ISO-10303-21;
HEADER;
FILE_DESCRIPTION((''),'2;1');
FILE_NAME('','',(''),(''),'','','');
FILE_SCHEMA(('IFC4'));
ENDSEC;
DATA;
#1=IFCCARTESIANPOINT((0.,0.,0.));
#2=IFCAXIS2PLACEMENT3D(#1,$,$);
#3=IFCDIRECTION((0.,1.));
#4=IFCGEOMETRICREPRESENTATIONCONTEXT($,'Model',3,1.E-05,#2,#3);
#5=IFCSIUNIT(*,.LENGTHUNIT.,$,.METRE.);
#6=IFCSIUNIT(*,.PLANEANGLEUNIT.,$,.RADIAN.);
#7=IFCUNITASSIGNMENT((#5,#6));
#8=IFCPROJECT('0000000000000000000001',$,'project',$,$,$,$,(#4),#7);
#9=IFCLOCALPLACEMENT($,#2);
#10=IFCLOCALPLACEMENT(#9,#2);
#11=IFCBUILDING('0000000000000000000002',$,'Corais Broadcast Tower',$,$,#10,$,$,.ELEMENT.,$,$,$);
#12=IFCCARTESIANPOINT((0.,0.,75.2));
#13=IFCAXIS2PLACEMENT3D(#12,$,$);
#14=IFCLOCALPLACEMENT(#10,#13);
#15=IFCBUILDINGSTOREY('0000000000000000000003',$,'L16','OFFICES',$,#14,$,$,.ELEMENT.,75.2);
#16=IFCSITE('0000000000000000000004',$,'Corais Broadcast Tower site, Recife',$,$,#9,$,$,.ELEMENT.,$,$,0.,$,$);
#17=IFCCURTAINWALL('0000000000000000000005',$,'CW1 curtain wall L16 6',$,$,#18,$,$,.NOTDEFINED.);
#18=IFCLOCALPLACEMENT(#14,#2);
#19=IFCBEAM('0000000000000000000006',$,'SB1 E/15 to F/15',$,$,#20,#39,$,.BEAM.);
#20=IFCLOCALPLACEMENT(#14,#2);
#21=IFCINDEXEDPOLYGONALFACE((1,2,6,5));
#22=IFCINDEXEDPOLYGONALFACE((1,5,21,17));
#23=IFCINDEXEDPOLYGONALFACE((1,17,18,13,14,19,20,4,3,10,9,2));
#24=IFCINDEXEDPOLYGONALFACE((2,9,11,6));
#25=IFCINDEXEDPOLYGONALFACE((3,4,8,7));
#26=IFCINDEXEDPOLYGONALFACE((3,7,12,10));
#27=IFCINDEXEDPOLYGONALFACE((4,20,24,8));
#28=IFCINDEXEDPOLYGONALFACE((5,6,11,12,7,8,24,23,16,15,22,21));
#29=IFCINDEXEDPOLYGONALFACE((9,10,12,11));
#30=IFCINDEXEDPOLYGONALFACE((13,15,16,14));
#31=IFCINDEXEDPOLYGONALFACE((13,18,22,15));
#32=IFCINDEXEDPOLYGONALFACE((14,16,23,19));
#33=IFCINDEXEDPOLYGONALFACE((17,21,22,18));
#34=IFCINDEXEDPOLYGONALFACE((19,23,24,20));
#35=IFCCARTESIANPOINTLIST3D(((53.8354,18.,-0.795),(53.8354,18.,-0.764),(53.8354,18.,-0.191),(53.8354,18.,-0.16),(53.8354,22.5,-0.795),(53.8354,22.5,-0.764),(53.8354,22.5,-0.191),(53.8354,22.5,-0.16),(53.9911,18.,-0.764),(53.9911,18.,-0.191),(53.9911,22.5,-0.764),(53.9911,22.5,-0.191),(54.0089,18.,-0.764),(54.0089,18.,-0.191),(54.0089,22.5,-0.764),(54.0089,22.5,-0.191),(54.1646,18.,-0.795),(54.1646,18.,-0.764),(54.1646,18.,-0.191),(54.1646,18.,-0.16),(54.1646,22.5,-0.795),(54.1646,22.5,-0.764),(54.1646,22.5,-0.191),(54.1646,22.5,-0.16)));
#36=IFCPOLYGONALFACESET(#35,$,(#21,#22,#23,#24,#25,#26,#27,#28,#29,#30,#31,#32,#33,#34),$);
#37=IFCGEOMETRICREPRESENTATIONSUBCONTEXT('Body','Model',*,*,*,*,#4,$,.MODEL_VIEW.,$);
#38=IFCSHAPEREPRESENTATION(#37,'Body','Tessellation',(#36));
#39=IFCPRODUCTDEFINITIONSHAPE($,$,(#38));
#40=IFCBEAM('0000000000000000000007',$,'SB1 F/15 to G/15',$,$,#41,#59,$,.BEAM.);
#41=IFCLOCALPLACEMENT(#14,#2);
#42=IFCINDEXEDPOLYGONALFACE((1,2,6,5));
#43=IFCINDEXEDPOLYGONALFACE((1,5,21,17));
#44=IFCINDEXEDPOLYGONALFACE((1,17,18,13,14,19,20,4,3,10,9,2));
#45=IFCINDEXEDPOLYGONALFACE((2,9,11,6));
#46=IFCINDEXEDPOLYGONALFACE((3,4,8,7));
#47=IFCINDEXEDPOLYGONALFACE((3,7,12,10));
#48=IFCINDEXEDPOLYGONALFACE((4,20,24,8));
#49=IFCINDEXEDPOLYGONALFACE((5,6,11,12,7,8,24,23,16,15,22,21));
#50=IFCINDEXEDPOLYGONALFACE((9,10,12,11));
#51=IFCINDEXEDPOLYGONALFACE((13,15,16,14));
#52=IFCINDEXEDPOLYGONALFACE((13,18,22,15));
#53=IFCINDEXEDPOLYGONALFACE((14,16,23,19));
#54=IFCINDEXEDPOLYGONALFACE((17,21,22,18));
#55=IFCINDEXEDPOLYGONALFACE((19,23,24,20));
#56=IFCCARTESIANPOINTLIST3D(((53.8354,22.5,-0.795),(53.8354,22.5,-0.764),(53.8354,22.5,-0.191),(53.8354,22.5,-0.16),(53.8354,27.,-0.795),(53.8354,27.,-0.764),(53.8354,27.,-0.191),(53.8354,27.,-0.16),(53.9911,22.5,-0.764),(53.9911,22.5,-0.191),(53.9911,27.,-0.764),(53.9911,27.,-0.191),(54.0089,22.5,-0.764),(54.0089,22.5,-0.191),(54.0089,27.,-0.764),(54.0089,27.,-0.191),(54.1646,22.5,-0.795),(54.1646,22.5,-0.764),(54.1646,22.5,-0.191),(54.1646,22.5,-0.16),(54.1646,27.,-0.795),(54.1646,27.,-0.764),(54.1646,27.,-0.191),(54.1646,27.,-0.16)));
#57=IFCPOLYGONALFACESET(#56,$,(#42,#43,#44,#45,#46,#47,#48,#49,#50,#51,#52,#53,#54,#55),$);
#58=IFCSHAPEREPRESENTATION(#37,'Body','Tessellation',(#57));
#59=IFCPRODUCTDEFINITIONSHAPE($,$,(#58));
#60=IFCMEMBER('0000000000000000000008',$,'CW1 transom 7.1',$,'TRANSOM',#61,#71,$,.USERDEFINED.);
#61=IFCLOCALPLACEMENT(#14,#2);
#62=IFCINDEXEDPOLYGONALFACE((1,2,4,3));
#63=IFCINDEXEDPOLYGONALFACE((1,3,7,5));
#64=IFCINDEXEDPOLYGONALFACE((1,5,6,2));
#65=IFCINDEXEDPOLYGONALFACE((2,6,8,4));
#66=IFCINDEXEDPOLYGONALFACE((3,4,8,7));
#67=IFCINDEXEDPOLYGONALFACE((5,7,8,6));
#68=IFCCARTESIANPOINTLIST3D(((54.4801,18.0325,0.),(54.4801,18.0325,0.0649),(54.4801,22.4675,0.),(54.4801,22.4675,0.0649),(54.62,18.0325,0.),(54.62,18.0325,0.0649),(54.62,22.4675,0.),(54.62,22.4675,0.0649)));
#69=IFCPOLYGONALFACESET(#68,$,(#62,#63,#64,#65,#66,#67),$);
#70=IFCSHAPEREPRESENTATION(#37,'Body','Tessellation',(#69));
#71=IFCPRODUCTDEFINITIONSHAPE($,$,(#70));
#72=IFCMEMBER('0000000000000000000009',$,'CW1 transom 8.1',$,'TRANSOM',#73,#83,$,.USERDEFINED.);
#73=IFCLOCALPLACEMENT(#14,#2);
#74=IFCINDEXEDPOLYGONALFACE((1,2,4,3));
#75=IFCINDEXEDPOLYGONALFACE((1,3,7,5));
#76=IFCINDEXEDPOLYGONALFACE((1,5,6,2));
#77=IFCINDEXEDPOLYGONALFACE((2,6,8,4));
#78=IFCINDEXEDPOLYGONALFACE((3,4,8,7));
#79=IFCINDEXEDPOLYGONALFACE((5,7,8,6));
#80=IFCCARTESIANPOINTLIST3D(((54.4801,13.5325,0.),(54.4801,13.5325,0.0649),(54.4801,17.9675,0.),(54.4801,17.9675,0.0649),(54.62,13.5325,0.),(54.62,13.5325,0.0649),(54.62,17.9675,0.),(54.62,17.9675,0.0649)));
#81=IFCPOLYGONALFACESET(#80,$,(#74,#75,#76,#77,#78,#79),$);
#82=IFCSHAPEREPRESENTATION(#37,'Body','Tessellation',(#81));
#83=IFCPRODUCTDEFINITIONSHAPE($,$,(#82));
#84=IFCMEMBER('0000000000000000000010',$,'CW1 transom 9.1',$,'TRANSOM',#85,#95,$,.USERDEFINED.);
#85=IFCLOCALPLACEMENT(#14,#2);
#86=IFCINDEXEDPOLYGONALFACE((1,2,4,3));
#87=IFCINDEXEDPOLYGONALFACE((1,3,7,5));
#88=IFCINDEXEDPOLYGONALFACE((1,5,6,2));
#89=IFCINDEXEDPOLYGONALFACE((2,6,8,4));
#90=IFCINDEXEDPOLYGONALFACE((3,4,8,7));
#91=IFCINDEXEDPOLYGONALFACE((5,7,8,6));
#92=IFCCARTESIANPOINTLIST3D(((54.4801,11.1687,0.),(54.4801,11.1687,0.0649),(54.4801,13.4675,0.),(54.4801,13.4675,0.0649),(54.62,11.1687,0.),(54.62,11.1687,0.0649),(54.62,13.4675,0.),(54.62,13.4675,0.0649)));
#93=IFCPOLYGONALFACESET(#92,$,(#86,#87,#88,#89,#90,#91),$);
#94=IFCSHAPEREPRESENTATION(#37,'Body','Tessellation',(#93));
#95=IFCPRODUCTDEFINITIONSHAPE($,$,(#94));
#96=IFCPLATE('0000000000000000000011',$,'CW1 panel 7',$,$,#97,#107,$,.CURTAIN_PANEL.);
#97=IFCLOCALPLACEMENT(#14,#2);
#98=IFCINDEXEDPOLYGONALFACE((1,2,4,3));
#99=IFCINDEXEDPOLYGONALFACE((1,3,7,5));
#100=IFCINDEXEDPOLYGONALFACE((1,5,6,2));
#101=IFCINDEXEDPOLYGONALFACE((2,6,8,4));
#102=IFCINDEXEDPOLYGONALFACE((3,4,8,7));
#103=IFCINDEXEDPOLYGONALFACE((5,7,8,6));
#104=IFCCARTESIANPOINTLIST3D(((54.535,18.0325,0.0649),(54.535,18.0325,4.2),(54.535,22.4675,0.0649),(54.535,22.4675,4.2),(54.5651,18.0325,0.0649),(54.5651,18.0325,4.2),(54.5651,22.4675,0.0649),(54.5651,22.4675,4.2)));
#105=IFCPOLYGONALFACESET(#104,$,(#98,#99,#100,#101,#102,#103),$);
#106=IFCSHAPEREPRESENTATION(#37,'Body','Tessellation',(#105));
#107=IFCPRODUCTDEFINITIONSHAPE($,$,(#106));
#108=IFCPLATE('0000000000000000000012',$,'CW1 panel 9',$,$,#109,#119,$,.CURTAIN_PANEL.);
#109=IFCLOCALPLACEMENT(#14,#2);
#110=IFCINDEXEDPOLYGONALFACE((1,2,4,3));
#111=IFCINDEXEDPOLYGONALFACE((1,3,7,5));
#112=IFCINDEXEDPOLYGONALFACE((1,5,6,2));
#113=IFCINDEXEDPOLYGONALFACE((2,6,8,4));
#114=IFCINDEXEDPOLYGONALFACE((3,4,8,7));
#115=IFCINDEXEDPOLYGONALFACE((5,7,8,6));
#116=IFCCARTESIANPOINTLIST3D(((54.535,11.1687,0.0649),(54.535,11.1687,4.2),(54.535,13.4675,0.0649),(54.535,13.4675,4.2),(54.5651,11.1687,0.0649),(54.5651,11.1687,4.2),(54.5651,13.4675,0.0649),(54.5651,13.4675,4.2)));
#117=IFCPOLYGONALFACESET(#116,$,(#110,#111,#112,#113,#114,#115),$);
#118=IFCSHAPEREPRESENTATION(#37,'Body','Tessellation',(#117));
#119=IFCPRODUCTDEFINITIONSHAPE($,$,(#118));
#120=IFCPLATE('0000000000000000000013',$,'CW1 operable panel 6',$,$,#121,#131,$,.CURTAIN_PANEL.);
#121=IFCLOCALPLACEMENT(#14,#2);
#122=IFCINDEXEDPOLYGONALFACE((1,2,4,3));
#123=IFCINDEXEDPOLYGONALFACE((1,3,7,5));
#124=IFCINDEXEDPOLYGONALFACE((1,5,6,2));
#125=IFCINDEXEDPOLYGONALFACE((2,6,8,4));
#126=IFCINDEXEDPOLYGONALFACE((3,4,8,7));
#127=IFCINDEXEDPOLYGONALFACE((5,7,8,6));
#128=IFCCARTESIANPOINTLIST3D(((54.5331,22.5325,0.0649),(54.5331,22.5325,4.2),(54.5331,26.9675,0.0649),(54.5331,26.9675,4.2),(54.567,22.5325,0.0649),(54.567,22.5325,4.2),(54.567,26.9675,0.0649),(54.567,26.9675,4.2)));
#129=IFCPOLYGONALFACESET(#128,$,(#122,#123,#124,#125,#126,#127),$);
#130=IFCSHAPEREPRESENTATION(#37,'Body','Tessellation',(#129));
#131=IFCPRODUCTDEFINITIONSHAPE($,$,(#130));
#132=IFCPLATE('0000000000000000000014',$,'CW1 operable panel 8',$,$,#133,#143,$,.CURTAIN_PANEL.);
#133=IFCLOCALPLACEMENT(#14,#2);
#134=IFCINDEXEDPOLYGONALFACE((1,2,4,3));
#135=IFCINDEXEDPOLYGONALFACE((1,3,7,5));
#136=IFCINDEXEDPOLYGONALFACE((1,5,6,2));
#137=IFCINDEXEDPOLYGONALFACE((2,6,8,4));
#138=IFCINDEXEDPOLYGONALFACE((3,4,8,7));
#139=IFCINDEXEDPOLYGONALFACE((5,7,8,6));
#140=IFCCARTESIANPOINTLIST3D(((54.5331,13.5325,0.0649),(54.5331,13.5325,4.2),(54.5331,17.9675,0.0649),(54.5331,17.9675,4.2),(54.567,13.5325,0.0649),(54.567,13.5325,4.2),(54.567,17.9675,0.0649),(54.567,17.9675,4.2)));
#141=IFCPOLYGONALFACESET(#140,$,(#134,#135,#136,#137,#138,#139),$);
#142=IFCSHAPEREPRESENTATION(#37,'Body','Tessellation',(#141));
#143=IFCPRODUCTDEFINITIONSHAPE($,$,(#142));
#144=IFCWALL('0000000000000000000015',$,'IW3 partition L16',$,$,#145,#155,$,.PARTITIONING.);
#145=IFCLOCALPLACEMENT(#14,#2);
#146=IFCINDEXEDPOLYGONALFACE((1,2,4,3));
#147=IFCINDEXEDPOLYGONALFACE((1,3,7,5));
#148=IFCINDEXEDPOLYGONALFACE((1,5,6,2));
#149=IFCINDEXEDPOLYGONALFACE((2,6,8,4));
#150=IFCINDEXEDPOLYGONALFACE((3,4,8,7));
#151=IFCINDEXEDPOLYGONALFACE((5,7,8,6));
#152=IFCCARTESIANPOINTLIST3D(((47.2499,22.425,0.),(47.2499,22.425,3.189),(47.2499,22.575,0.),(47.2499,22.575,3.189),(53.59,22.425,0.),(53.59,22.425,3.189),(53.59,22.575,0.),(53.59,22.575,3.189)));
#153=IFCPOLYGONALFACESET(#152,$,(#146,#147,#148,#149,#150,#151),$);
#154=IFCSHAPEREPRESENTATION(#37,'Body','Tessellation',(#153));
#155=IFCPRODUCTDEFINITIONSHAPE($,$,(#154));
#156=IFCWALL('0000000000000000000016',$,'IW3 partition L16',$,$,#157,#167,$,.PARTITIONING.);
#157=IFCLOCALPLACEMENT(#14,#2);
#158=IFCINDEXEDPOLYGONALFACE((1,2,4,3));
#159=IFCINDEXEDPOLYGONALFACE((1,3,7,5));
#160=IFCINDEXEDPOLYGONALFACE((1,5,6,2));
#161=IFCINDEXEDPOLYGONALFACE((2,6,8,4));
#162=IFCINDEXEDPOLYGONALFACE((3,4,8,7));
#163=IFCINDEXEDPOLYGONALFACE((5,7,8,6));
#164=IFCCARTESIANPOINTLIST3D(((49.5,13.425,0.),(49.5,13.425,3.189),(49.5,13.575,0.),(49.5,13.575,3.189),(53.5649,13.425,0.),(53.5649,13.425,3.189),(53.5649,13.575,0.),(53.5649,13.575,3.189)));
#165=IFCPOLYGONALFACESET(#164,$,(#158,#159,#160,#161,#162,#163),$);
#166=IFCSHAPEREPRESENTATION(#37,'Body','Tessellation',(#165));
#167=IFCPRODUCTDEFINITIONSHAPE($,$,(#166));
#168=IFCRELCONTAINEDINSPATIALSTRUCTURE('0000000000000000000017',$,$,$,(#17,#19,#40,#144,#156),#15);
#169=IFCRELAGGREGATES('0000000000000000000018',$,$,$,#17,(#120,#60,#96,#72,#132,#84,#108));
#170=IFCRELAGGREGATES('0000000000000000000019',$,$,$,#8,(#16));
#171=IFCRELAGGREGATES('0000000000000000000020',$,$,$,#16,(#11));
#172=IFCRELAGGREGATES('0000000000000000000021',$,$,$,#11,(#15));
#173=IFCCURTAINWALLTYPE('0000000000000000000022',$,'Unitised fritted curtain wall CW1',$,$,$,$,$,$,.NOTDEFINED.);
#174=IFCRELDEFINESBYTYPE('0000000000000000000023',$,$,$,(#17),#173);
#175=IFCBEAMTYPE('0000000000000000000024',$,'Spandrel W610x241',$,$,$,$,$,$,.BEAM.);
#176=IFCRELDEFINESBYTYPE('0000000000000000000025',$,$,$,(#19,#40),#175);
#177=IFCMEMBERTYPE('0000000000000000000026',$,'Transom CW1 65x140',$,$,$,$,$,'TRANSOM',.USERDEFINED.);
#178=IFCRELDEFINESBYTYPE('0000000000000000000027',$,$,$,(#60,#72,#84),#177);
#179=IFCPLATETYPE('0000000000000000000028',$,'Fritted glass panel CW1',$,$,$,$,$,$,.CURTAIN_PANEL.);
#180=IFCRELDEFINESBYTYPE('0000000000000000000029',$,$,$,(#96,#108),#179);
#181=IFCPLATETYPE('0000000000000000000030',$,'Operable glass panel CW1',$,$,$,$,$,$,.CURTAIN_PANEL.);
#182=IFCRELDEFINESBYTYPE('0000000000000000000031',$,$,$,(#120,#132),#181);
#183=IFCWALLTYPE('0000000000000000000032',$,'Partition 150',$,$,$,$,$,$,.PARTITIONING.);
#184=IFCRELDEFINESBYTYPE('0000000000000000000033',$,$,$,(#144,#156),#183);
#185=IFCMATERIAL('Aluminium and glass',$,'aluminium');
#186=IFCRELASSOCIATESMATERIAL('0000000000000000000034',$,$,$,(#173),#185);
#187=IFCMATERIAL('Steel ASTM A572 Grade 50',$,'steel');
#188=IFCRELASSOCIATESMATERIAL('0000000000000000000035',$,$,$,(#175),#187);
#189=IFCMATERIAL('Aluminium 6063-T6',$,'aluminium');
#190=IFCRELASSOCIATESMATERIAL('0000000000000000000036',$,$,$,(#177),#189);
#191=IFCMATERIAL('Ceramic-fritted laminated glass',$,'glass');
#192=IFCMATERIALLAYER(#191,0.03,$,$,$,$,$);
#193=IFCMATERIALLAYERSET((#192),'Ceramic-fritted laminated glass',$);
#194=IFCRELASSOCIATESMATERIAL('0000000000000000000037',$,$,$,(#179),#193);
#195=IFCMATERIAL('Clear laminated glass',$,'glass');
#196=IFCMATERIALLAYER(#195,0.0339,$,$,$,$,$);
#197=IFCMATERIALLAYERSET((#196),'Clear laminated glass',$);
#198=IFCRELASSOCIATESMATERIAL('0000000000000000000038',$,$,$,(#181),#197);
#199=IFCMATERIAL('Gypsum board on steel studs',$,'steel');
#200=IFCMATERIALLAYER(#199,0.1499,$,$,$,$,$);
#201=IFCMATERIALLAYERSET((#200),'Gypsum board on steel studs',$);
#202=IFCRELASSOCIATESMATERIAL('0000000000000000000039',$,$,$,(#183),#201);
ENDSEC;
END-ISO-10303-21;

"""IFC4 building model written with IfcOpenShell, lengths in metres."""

from ifc_helpers import new_model, si_unit, direction, frame, frame_2d, origin, origin_2d, place, context, subcontext, project, spatial, rectangle, i_section, extrude, material, layer, layer_set, material_profile, profile_set, type_object, element, aggregate, save


model = new_model("IFC4")

# Units and contexts
model_context = context("Model", 3, precision=1e-05, world=origin(), true_north=direction((0.0, 1.0)))
body_context = subcontext(model_context, "Body", "Model", "MODEL_VIEW")
ifc_project = project(units=[si_unit("LENGTHUNIT", "METRE"), si_unit("PLANEANGLEUNIT", "RADIAN")], contexts=[model_context])

# Site, building, storey
site_placement = place(None, origin())
site = spatial("IfcSite", under=ifc_project, at=site_placement, Name="Corais Broadcast Tower site, Recife", CompositionType="ELEMENT", RefElevation=0.0)
building_placement = place(site_placement, origin())
building = spatial("IfcBuilding", under=site, at=building_placement, Name="Corais Broadcast Tower", CompositionType="ELEMENT")
storey_placement = place(building_placement, frame((0.0, 0.0, 75.2)))
storey = spatial("IfcBuildingStorey", under=building, at=storey_placement, Name="L16", Description="OFFICES", CompositionType="ELEMENT", Elevation=75.2)

# Curtain wall
ifc_material_1 = material(Name="Aluminium and glass", Category="aluminium")
curtain_wall_type = type_object("IfcCurtainWallType", Name="Unitised fritted curtain wall CW1", PredefinedType="NOTDEFINED", material=ifc_material_1)
curtain_wall_placement = place(storey_placement, origin())
curtain_wall = element("IfcCurtainWall", 1, at=curtain_wall_placement, inside=storey, type_object=curtain_wall_type, Name="CW1 curtain wall L16 6", PredefinedType="NOTDEFINED")

# Beams
ifc_material_2 = material(Name="Steel ASTM A572 Grade 50", Category="steel")
ifc_material_profile_1 = material_profile(ifc_material_2, i_section(OverallWidth=0.3291, OverallDepth=0.635, WebThickness=0.0178, FlangeThickness=0.031, at=origin_2d()), Name="W610x241")
ifc_profile_set_1 = profile_set([ifc_material_profile_1], Name="Steel ASTM A572 Grade 50")
beam_type_1 = type_object("IfcBeamType", Name="Spandrel W610x241", PredefinedType="BEAM", material=ifc_profile_set_1)
for number, where, z_axis, x_axis, name in (
    (2, (54.0, 18.0, -0.4775), (0.0, 1.0, 0.0), (-1.0, 0.0, 0.0), "SB1 E/15 to F/15"),
    (3, (54.0, 22.5, -0.4775), (0.0, 1.0, 0.0), (-1.0, 0.0, 0.0), "SB1 F/15 to G/15"),
):
    element("IfcBeam", number, at=place(storey_placement, frame(where, z_axis=z_axis, x_axis=x_axis)), inside=storey, type_object=beam_type_1, Name=name, PredefinedType="BEAM", context=body_context, shape_type="SweptSolid", body=[
        extrude(i_section(OverallWidth=0.3291, OverallDepth=0.635, WebThickness=0.0178, FlangeThickness=0.031, at=origin_2d()), origin(), (0.0, 0.0, 1.0), 4.5),
    ])

# Members
ifc_material_3 = material(Name="Aluminium 6063-T6", Category="aluminium")
ifc_material_profile_2 = material_profile(ifc_material_3, rectangle(XDim=0.1399, YDim=0.0649, at=origin_2d()), Name="Transom CW1 65x140")
ifc_profile_set_2 = profile_set([ifc_material_profile_2], Name="Aluminium 6063-T6")
member_type_1 = type_object("IfcMemberType", Name="Transom CW1 65x140", ElementType="TRANSOM", PredefinedType="USERDEFINED", material=ifc_profile_set_2)
member_1_placement = place(storey_placement, frame((54.55, 22.4675, 0.0325), z_axis=(0.0, -1.0, 0.0), x_axis=(1.0, 0.0, 0.0)))
member_1 = element("IfcMember", 4, at=member_1_placement, type_object=member_type_1, Name="CW1 transom 7.1", ObjectType="TRANSOM", PredefinedType="USERDEFINED", context=body_context, shape_type="SweptSolid", body=[
    extrude(rectangle(XDim=0.1399, YDim=0.0649, at=origin_2d()), origin(), (0.0, 0.0, 1.0), 4.4351),
])
member_2_placement = place(storey_placement, frame((54.55, 17.9675, 0.0325), z_axis=(0.0, -1.0, 0.0), x_axis=(1.0, 0.0, 0.0)))
member_2 = element("IfcMember", 5, at=member_2_placement, type_object=member_type_1, Name="CW1 transom 8.1", ObjectType="TRANSOM", PredefinedType="USERDEFINED", context=body_context, shape_type="SweptSolid", body=[
    extrude(rectangle(XDim=0.1399, YDim=0.0649, at=origin_2d()), origin(), (0.0, 0.0, 1.0), 4.4351),
])
member_3_placement = place(storey_placement, frame((54.55, 13.4675, 0.0325), z_axis=(0.0, -1.0, 0.0), x_axis=(1.0, 0.0, 0.0)))
member_3 = element("IfcMember", 6, at=member_3_placement, type_object=member_type_1, Name="CW1 transom 9.1", ObjectType="TRANSOM", PredefinedType="USERDEFINED", context=body_context, shape_type="SweptSolid", body=[
    extrude(rectangle(XDim=0.1399, YDim=0.0649, at=origin_2d()), origin(), (0.0, 0.0, 1.0), 2.2988),
])

# Plates
ifc_material_4 = material(Name="Ceramic-fritted laminated glass", Category="glass")
ifc_layer_1 = layer(ifc_material_4, 0.03)
ifc_layer_set_1 = layer_set([ifc_layer_1], Name="Ceramic-fritted laminated glass")
plate_type_1 = type_object("IfcPlateType", Name="Fritted glass panel CW1", PredefinedType="CURTAIN_PANEL", material=ifc_layer_set_1)
plate_1_placement = place(storey_placement, frame((54.55, 20.25, 0.0649), z_axis=(0.0, 0.0, 1.0), x_axis=(0.0, -1.0, 0.0)))
plate_1 = element("IfcPlate", 7, at=plate_1_placement, type_object=plate_type_1, Name="CW1 panel 7", PredefinedType="CURTAIN_PANEL", context=body_context, shape_type="SweptSolid", body=[
    extrude(rectangle(XDim=4.4351, YDim=0.03, at=origin_2d()), origin(), (0.0, 0.0, 1.0), 4.135),
])
plate_2_placement = place(storey_placement, frame((54.55, 12.3181, 0.0649), z_axis=(0.0, 0.0, 1.0), x_axis=(0.0, -1.0, 0.0)))
plate_2 = element("IfcPlate", 8, at=plate_2_placement, type_object=plate_type_1, Name="CW1 panel 9", PredefinedType="CURTAIN_PANEL", context=body_context, shape_type="SweptSolid", body=[
    extrude(rectangle(XDim=2.2988, YDim=0.03, at=origin_2d()), origin(), (0.0, 0.0, 1.0), 4.135),
])
ifc_material_5 = material(Name="Clear laminated glass", Category="glass")
ifc_layer_2 = layer(ifc_material_5, 0.0339)
ifc_layer_set_2 = layer_set([ifc_layer_2], Name="Clear laminated glass")
plate_type_2 = type_object("IfcPlateType", Name="Operable glass panel CW1", PredefinedType="CURTAIN_PANEL", material=ifc_layer_set_2)
plate_3_placement = place(storey_placement, frame((54.55, 24.75, 0.0649), z_axis=(0.0, 0.0, 1.0), x_axis=(0.0, -1.0, 0.0)))
plate_3 = element("IfcPlate", 9, at=plate_3_placement, type_object=plate_type_2, Name="CW1 operable panel 6", PredefinedType="CURTAIN_PANEL", context=body_context, shape_type="SweptSolid", body=[
    extrude(rectangle(XDim=4.4351, YDim=0.0339, at=origin_2d()), origin(), (0.0, 0.0, 1.0), 4.135),
])
plate_4_placement = place(storey_placement, frame((54.55, 15.75, 0.0649), z_axis=(0.0, 0.0, 1.0), x_axis=(0.0, -1.0, 0.0)))
plate_4 = element("IfcPlate", 10, at=plate_4_placement, type_object=plate_type_2, Name="CW1 operable panel 8", PredefinedType="CURTAIN_PANEL", context=body_context, shape_type="SweptSolid", body=[
    extrude(rectangle(XDim=4.4351, YDim=0.0339, at=origin_2d()), origin(), (0.0, 0.0, 1.0), 4.135),
])
aggregate(curtain_wall, [plate_3, member_1, plate_1, member_2, plate_4, member_3, plate_2])

# Walls
ifc_material_6 = material(Name="Gypsum board on steel studs", Category="steel")
ifc_layer_3 = layer(ifc_material_6, 0.1499)
ifc_layer_set_3 = layer_set([ifc_layer_3], Name="Gypsum board on steel studs")
wall_type = type_object("IfcWallType", Name="Partition 150", PredefinedType="PARTITIONING", material=ifc_layer_set_3)
wall_1_placement = place(storey_placement, frame((47.25, 22.5, 0.0), z_axis=(0.0, 0.0, 1.0), x_axis=(1.0, 0.0, 0.0)))
element("IfcWall", 11, at=wall_1_placement, inside=storey, type_object=wall_type, Name="IW3 partition L16", PredefinedType="PARTITIONING", context=body_context, shape_type="SweptSolid", body=[
    extrude(rectangle(XDim=6.3401, YDim=0.1499, at=frame_2d((3.1699, 0.0))), origin(), (0.0, 0.0, 1.0), 3.189),
])
wall_2_placement = place(storey_placement, frame((53.5649, 13.5, 0.0), z_axis=(0.0, 0.0, 1.0), x_axis=(-1.0, 0.0, 0.0)))
element("IfcWall", 12, at=wall_2_placement, inside=storey, type_object=wall_type, Name="IW3 partition L16", PredefinedType="PARTITIONING", context=body_context, shape_type="SweptSolid", body=[
    extrude(rectangle(XDim=4.0649, YDim=0.1499, at=frame_2d((2.0325, 0.0))), origin(), (0.0, 0.0, 1.0), 3.189),
])

save(model, "model.ifc")
